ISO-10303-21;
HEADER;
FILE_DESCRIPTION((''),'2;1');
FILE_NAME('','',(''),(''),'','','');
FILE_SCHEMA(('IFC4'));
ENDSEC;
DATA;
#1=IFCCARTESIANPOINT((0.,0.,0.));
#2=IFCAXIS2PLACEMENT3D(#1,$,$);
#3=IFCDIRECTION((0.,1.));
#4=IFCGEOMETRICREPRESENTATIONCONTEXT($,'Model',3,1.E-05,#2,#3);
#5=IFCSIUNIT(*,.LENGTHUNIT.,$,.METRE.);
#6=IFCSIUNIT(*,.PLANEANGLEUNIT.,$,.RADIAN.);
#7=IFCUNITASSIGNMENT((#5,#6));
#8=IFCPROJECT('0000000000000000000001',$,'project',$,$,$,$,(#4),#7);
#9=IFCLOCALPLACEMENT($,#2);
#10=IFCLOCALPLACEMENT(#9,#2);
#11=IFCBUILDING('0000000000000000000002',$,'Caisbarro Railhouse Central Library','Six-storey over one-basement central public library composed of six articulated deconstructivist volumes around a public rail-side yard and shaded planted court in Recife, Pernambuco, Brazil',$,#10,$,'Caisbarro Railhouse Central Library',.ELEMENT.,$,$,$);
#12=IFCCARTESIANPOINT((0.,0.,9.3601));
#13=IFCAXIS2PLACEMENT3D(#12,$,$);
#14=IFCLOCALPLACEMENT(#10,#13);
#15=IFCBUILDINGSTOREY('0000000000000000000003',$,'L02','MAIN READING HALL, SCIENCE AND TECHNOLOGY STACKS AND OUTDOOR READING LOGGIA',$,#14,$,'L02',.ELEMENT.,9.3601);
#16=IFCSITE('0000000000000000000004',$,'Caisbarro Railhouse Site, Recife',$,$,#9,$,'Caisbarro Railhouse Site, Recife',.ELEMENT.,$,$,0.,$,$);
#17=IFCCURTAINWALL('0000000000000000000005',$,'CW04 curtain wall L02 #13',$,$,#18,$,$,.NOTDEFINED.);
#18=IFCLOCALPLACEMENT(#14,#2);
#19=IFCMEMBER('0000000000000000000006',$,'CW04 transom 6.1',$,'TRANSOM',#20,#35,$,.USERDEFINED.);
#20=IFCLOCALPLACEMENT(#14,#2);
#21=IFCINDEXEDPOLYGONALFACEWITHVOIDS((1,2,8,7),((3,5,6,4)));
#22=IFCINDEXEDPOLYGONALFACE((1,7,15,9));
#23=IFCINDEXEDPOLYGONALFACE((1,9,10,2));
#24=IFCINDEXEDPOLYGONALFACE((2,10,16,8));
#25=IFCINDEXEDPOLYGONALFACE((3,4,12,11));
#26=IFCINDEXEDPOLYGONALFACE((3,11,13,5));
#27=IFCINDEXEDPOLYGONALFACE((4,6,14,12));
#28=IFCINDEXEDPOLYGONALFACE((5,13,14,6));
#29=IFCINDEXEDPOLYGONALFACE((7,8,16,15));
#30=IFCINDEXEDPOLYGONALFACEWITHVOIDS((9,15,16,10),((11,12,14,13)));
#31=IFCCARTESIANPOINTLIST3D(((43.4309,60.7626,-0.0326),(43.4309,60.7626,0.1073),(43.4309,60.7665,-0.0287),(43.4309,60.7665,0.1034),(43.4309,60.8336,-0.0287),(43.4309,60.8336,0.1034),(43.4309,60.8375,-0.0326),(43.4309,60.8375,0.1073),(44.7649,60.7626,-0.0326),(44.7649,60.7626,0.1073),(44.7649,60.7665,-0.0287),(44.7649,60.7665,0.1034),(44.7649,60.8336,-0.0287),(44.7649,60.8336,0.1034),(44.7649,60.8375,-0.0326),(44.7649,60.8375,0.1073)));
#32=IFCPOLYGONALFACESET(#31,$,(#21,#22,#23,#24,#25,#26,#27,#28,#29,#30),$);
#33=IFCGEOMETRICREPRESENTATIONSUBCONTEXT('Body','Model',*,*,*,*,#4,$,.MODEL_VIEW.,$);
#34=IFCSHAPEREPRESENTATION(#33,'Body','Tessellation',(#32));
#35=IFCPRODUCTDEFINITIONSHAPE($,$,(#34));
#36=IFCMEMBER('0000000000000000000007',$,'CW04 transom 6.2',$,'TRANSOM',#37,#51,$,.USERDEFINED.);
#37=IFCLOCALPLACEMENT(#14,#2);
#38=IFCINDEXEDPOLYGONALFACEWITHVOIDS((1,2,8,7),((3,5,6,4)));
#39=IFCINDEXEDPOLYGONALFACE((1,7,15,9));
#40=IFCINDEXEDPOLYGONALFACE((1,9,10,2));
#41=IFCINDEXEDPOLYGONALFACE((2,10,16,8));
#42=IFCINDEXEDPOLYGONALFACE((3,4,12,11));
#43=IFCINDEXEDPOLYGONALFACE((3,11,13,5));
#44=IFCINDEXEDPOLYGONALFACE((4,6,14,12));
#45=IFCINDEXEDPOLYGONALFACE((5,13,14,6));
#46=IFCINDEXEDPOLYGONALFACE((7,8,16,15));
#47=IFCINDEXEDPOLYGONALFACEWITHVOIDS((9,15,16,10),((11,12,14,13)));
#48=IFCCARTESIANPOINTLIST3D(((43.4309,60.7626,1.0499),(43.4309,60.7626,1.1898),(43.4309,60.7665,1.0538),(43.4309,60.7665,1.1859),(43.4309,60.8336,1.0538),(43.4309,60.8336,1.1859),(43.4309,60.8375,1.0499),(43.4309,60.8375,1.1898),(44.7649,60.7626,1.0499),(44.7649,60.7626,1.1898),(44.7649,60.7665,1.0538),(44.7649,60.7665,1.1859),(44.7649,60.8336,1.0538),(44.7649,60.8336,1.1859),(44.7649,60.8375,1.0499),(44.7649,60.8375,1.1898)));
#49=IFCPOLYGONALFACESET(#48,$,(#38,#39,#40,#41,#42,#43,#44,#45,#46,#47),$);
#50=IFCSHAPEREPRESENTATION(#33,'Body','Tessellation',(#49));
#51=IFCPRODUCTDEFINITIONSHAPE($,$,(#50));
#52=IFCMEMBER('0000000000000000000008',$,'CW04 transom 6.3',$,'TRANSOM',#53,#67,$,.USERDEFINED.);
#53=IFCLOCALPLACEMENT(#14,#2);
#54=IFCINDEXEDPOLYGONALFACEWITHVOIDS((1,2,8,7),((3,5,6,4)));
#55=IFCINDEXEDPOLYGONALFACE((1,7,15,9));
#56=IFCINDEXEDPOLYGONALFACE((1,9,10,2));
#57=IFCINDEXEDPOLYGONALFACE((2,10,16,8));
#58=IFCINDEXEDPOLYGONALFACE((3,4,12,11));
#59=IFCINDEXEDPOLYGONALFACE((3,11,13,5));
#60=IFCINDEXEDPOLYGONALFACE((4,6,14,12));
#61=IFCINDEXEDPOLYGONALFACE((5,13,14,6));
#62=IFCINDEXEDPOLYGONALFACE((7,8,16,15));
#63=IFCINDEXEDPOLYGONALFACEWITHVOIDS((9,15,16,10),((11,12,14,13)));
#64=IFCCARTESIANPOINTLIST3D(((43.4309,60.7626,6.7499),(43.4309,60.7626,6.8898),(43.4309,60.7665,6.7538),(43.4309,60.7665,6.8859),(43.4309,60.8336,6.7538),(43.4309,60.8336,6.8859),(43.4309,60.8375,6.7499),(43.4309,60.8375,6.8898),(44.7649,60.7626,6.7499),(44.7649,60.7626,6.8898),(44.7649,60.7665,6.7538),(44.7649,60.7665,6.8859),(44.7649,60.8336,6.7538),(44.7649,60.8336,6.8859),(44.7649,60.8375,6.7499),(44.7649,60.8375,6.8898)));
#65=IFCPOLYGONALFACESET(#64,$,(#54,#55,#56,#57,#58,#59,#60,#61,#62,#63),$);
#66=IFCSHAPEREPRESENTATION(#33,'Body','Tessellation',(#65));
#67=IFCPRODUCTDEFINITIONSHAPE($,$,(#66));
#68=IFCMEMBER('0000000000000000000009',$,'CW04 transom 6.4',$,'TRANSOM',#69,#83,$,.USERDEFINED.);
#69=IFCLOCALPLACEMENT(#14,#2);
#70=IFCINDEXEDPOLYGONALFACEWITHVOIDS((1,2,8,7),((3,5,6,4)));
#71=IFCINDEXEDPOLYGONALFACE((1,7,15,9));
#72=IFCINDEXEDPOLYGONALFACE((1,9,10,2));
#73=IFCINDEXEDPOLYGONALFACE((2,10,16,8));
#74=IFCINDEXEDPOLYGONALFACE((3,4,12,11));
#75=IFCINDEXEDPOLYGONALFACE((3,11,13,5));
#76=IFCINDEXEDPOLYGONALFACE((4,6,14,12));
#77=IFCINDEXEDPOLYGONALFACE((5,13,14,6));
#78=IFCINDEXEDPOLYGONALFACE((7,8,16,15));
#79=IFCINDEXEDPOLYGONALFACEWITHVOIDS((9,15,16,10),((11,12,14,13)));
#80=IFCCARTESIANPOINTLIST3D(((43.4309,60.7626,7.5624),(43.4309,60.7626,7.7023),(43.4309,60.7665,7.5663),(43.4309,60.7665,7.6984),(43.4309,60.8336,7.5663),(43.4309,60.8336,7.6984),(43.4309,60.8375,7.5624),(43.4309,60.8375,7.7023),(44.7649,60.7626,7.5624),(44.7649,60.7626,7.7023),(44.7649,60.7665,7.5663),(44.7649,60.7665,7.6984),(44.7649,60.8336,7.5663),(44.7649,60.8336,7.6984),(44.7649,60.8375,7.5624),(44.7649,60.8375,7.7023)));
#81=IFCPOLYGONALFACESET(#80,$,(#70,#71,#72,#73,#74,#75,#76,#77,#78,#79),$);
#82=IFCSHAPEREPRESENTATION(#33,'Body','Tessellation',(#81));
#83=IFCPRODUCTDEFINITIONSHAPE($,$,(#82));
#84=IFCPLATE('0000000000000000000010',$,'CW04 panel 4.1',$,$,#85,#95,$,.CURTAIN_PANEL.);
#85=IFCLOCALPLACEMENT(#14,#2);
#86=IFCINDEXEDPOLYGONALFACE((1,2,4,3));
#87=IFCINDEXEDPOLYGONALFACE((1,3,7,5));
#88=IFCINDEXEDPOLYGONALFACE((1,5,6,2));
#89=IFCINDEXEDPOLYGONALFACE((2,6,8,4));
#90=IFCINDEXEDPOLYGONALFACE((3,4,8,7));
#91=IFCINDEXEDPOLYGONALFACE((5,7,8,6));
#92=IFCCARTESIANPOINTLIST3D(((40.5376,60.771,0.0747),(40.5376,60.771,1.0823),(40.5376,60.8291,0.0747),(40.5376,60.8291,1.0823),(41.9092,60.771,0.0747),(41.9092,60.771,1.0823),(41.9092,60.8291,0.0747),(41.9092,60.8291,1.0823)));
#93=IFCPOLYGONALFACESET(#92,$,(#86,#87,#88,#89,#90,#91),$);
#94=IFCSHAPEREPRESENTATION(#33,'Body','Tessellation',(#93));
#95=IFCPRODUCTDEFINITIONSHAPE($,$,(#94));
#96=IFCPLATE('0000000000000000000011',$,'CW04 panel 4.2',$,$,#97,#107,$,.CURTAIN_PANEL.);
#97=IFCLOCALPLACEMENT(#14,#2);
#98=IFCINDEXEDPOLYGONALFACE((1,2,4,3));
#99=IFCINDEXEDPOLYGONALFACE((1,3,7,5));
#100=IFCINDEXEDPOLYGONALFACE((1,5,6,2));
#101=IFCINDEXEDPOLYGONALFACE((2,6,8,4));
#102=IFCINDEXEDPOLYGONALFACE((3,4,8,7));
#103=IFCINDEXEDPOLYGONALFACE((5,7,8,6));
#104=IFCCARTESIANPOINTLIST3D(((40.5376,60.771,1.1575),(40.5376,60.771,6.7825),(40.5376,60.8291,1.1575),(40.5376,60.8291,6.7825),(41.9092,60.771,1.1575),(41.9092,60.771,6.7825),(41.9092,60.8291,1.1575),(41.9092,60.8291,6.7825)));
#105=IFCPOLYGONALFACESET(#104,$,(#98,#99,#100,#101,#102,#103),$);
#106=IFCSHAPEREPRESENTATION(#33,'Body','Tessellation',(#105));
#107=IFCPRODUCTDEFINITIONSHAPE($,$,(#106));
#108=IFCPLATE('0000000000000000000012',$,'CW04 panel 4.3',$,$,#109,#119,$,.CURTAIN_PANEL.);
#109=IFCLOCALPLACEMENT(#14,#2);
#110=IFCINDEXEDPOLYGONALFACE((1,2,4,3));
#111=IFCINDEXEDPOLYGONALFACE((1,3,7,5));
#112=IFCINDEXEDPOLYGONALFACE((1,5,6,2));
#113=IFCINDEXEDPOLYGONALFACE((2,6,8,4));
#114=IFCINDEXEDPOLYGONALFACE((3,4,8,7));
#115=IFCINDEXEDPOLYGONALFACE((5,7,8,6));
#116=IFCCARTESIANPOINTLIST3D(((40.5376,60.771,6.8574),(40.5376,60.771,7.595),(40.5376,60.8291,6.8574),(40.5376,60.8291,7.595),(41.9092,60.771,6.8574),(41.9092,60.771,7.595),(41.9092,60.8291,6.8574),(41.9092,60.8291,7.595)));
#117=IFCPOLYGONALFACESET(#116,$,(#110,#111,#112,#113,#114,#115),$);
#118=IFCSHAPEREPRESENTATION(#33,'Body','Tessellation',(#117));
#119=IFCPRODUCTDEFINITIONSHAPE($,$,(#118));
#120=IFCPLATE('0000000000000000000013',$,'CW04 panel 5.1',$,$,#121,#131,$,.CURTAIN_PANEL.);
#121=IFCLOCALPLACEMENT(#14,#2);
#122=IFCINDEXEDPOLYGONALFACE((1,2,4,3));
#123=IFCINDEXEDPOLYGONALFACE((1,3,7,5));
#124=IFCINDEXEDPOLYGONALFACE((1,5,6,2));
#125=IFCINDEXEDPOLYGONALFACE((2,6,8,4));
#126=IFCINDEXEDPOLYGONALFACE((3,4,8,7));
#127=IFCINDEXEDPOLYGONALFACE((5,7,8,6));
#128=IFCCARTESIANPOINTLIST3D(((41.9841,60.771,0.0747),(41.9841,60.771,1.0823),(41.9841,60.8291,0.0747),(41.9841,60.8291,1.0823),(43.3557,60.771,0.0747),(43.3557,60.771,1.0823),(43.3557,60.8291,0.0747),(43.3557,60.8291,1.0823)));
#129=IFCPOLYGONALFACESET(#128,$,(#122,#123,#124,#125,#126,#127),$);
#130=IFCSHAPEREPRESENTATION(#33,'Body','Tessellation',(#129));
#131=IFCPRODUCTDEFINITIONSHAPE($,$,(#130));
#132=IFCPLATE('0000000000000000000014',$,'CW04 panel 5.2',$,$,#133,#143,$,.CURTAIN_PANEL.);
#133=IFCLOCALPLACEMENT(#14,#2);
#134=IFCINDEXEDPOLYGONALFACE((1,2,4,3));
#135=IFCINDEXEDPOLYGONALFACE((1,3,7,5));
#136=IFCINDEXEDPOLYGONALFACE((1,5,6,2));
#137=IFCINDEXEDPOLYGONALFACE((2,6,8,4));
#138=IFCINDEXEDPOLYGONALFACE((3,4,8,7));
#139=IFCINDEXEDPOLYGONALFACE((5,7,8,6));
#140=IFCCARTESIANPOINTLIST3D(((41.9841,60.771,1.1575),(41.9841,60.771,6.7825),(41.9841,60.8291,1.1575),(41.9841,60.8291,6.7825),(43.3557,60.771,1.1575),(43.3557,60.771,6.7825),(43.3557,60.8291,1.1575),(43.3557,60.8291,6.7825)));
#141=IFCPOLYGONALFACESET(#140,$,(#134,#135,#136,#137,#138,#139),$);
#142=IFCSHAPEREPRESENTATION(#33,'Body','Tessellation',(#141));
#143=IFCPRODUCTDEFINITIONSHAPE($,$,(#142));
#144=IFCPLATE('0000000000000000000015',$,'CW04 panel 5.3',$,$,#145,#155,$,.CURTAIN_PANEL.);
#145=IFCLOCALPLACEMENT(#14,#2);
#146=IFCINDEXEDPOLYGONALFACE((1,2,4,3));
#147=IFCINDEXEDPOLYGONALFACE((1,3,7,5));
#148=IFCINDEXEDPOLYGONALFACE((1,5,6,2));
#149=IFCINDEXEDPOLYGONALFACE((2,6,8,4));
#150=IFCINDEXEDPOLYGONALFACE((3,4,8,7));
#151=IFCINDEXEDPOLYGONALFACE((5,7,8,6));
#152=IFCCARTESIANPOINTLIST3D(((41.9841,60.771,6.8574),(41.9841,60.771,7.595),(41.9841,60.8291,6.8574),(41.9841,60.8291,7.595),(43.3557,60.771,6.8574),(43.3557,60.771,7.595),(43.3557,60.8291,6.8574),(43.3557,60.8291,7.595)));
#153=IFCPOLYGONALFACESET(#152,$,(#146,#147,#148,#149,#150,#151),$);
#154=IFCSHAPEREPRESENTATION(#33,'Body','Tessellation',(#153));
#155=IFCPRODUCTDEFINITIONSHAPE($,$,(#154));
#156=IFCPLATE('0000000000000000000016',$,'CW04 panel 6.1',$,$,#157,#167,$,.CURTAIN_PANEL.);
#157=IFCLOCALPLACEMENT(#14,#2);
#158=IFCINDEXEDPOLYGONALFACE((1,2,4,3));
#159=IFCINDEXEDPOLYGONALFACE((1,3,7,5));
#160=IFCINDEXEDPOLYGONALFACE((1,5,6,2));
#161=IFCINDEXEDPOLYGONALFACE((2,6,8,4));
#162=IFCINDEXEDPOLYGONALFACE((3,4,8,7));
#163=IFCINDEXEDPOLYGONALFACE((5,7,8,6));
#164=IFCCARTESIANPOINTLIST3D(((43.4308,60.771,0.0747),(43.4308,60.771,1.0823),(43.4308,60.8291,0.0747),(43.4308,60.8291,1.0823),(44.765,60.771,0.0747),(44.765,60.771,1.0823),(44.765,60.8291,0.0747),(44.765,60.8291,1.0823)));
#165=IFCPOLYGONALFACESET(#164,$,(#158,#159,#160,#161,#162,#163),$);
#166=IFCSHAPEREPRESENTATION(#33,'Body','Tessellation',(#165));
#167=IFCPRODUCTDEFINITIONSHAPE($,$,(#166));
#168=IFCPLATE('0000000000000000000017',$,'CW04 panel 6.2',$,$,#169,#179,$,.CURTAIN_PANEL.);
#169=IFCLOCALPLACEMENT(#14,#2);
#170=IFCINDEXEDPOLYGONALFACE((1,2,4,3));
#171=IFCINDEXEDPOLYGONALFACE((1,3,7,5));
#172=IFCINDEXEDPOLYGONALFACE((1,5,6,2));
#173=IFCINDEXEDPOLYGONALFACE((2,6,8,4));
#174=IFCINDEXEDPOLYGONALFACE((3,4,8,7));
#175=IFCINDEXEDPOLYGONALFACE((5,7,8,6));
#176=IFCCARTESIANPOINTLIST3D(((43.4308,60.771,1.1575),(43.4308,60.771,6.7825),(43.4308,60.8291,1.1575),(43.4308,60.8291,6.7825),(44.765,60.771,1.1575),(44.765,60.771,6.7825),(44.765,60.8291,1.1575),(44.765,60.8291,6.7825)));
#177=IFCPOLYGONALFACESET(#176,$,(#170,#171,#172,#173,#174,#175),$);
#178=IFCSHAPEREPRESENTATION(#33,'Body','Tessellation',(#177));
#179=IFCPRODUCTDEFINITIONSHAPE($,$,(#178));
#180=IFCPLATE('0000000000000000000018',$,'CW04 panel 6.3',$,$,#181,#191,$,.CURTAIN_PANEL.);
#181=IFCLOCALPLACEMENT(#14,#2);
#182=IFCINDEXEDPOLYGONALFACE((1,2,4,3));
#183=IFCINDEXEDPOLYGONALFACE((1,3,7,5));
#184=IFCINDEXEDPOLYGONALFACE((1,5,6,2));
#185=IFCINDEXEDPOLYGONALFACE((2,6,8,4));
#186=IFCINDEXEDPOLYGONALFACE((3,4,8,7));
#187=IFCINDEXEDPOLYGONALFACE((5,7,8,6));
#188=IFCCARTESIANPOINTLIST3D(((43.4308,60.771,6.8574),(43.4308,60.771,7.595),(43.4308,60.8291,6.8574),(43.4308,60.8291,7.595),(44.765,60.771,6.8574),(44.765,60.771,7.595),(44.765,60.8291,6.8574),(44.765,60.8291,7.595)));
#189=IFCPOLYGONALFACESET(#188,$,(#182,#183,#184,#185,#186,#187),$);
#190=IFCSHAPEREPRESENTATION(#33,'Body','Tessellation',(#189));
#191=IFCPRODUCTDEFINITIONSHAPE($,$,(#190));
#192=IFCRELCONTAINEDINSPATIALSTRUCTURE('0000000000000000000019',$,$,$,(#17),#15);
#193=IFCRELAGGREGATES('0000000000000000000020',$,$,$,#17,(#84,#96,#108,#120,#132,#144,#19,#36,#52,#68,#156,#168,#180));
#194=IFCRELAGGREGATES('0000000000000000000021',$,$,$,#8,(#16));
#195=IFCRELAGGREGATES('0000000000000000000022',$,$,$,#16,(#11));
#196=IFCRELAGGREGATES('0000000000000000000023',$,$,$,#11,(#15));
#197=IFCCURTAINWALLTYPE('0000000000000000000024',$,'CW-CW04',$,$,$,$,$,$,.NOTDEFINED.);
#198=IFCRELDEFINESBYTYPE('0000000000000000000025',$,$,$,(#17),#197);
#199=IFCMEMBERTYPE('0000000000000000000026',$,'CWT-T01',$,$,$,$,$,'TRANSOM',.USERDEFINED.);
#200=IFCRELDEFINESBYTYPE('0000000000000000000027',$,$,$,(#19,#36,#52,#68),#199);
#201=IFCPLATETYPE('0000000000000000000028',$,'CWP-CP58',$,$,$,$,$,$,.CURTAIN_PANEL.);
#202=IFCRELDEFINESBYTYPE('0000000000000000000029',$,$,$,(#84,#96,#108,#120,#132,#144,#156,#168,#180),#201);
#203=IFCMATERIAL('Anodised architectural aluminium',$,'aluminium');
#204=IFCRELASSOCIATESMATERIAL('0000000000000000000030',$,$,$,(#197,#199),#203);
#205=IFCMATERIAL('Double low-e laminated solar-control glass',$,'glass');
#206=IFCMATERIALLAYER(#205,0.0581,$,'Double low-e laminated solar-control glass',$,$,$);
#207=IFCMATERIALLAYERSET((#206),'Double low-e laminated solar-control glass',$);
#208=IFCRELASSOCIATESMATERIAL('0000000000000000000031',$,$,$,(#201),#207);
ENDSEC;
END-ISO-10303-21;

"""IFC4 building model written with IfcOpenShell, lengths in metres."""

from ifc_helpers import new_model, si_unit, direction, frame, origin, origin_2d, place, context, subcontext, project, spatial, rectangle, hollow_rectangle, extrude, material, layer, layer_set, material_profile, profile_set, type_object, element, aggregate, save


model = new_model("IFC4")

# Units and contexts
model_context = context("Model", 3, precision=1e-05, world=origin(), true_north=direction((0.0, 1.0)))
body_context = subcontext(model_context, "Body", "Model", "MODEL_VIEW")
ifc_project = project(units=[si_unit("LENGTHUNIT", "METRE"), si_unit("PLANEANGLEUNIT", "RADIAN")], contexts=[model_context])

# Site, building, storey
site_placement = place(None, origin())
site = spatial("IfcSite", under=ifc_project, at=site_placement, Name="Caisbarro Railhouse Site, Recife", LongName="Caisbarro Railhouse Site, Recife", CompositionType="ELEMENT", RefElevation=0.0)
building_placement = place(site_placement, origin())
building = spatial("IfcBuilding", under=site, at=building_placement, Name="Caisbarro Railhouse Central Library", Description="Six-storey over one-basement central public library composed of six articulated deconstructivist volumes around a public rail-side yard and shaded planted court in Recife, Pernambuco, Brazil", LongName="Caisbarro Railhouse Central Library", CompositionType="ELEMENT")
storey_placement = place(building_placement, frame((0.0, 0.0, 9.3601)))
storey = spatial("IfcBuildingStorey", under=building, at=storey_placement, Name="L02", Description="MAIN READING HALL, SCIENCE AND TECHNOLOGY STACKS AND OUTDOOR READING LOGGIA", LongName="L02", CompositionType="ELEMENT", Elevation=9.3601)

# Curtain wall
ifc_material_1 = material(Name="Anodised architectural aluminium", Category="aluminium")
curtain_wall_type = type_object("IfcCurtainWallType", Name="CW-CW04", PredefinedType="NOTDEFINED", material=ifc_material_1)
curtain_wall_1_placement = place(storey_placement, origin())
curtain_wall_1 = element("IfcCurtainWall", 1, at=curtain_wall_1_placement, inside=storey, type_object=curtain_wall_type, Name="CW04 curtain wall L02 #13", PredefinedType="NOTDEFINED")

# Members
ifc_material_profile_1 = material_profile(ifc_material_1, hollow_rectangle(XDim=0.075, YDim=0.1399, WallThickness=0.0039, at=origin_2d()), Name="ALU-TRN-75X140")
ifc_profile_set_1 = profile_set([ifc_material_profile_1], Name="Anodised architectural aluminium")
member_type_1 = type_object("IfcMemberType", Name="CWT-T01", ElementType="TRANSOM", PredefinedType="USERDEFINED", material=ifc_profile_set_1)
member_1_placement = place(storey_placement, frame((43.4309, 60.8, 0.0374), z_axis=(1.0, 0.0, 0.0), x_axis=(0.0, 1.0, 0.0)))
member_1 = element("IfcMember", 2, at=member_1_placement, type_object=member_type_1, Name="CW04 transom 6.1", ObjectType="TRANSOM", PredefinedType="USERDEFINED", context=body_context, shape_type="SweptSolid", body=[
    extrude(hollow_rectangle(XDim=0.075, YDim=0.1399, WallThickness=0.0039, at=origin_2d()), origin(), (0.0, 0.0, 1.0), 1.334),
])
member_2_placement = place(storey_placement, frame((43.4309, 60.8, 1.1199), z_axis=(1.0, 0.0, 0.0), x_axis=(0.0, 1.0, 0.0)))
member_2 = element("IfcMember", 3, at=member_2_placement, type_object=member_type_1, Name="CW04 transom 6.2", ObjectType="TRANSOM", PredefinedType="USERDEFINED", context=body_context, shape_type="SweptSolid", body=[
    extrude(hollow_rectangle(XDim=0.075, YDim=0.1399, WallThickness=0.0039, at=origin_2d()), origin(), (0.0, 0.0, 1.0), 1.334),
])
member_3_placement = place(storey_placement, frame((43.4309, 60.8, 6.8198), z_axis=(1.0, 0.0, 0.0), x_axis=(0.0, 1.0, 0.0)))
member_3 = element("IfcMember", 4, at=member_3_placement, type_object=member_type_1, Name="CW04 transom 6.3", ObjectType="TRANSOM", PredefinedType="USERDEFINED", context=body_context, shape_type="SweptSolid", body=[
    extrude(hollow_rectangle(XDim=0.075, YDim=0.1399, WallThickness=0.0039, at=origin_2d()), origin(), (0.0, 0.0, 1.0), 1.334),
])
member_4_placement = place(storey_placement, frame((43.4309, 60.8, 7.6323), z_axis=(1.0, 0.0, 0.0), x_axis=(0.0, 1.0, 0.0)))
member_4 = element("IfcMember", 5, at=member_4_placement, type_object=member_type_1, Name="CW04 transom 6.4", ObjectType="TRANSOM", PredefinedType="USERDEFINED", context=body_context, shape_type="SweptSolid", body=[
    extrude(hollow_rectangle(XDim=0.075, YDim=0.1399, WallThickness=0.0039, at=origin_2d()), origin(), (0.0, 0.0, 1.0), 1.334),
])

# Plates
ifc_material_2 = material(Name="Double low-e laminated solar-control glass", Category="glass")
ifc_layer_1 = layer(ifc_material_2, 0.0581, Name="Double low-e laminated solar-control glass")
ifc_layer_set_1 = layer_set([ifc_layer_1], Name="Double low-e laminated solar-control glass")
plate_type_1 = type_object("IfcPlateType", Name="CWP-CP58", PredefinedType="CURTAIN_PANEL", material=ifc_layer_set_1)
plate_1_placement = place(storey_placement, frame((41.2234, 60.8, 0.0747), z_axis=(0.0, 0.0, 1.0), x_axis=(1.0, 0.0, 0.0)))
plate_1 = element("IfcPlate", 6, at=plate_1_placement, type_object=plate_type_1, Name="CW04 panel 4.1", PredefinedType="CURTAIN_PANEL", context=body_context, shape_type="SweptSolid", body=[
    extrude(rectangle(XDim=1.3716, YDim=0.0581, at=origin_2d()), origin(), (0.0, 0.0, 1.0), 1.0076),
])
plate_2_placement = place(storey_placement, frame((41.2234, 60.8, 1.1575), z_axis=(0.0, 0.0, 1.0), x_axis=(1.0, 0.0, 0.0)))
plate_2 = element("IfcPlate", 7, at=plate_2_placement, type_object=plate_type_1, Name="CW04 panel 4.2", PredefinedType="CURTAIN_PANEL", context=body_context, shape_type="SweptSolid", body=[
    extrude(rectangle(XDim=1.3716, YDim=0.0581, at=origin_2d()), origin(), (0.0, 0.0, 1.0), 5.625),
])
plate_3_placement = place(storey_placement, frame((41.2234, 60.8, 6.8574), z_axis=(0.0, 0.0, 1.0), x_axis=(1.0, 0.0, 0.0)))
plate_3 = element("IfcPlate", 8, at=plate_3_placement, type_object=plate_type_1, Name="CW04 panel 4.3", PredefinedType="CURTAIN_PANEL", context=body_context, shape_type="SweptSolid", body=[
    extrude(rectangle(XDim=1.3716, YDim=0.0581, at=origin_2d()), origin(), (0.0, 0.0, 1.0), 0.7375),
])
plate_4_placement = place(storey_placement, frame((42.6699, 60.8, 0.0747), z_axis=(0.0, 0.0, 1.0), x_axis=(1.0, 0.0, 0.0)))
plate_4 = element("IfcPlate", 9, at=plate_4_placement, type_object=plate_type_1, Name="CW04 panel 5.1", PredefinedType="CURTAIN_PANEL", context=body_context, shape_type="SweptSolid", body=[
    extrude(rectangle(XDim=1.3716, YDim=0.0581, at=origin_2d()), origin(), (0.0, 0.0, 1.0), 1.0076),
])
plate_5_placement = place(storey_placement, frame((42.6699, 60.8, 1.1575), z_axis=(0.0, 0.0, 1.0), x_axis=(1.0, 0.0, 0.0)))
plate_5 = element("IfcPlate", 10, at=plate_5_placement, type_object=plate_type_1, Name="CW04 panel 5.2", PredefinedType="CURTAIN_PANEL", context=body_context, shape_type="SweptSolid", body=[
    extrude(rectangle(XDim=1.3716, YDim=0.0581, at=origin_2d()), origin(), (0.0, 0.0, 1.0), 5.625),
])
plate_6_placement = place(storey_placement, frame((42.6699, 60.8, 6.8574), z_axis=(0.0, 0.0, 1.0), x_axis=(1.0, 0.0, 0.0)))
plate_6 = element("IfcPlate", 11, at=plate_6_placement, type_object=plate_type_1, Name="CW04 panel 5.3", PredefinedType="CURTAIN_PANEL", context=body_context, shape_type="SweptSolid", body=[
    extrude(rectangle(XDim=1.3716, YDim=0.0581, at=origin_2d()), origin(), (0.0, 0.0, 1.0), 0.7375),
])
plate_7_placement = place(storey_placement, frame((44.0979, 60.8, 0.0747), z_axis=(0.0, 0.0, 1.0), x_axis=(1.0, 0.0, 0.0)))
plate_7 = element("IfcPlate", 12, at=plate_7_placement, type_object=plate_type_1, Name="CW04 panel 6.1", PredefinedType="CURTAIN_PANEL", context=body_context, shape_type="SweptSolid", body=[
    extrude(rectangle(XDim=1.3342, YDim=0.0581, at=origin_2d()), origin(), (0.0, 0.0, 1.0), 1.0076),
])
plate_8_placement = place(storey_placement, frame((44.0979, 60.8, 1.1575), z_axis=(0.0, 0.0, 1.0), x_axis=(1.0, 0.0, 0.0)))
plate_8 = element("IfcPlate", 13, at=plate_8_placement, type_object=plate_type_1, Name="CW04 panel 6.2", PredefinedType="CURTAIN_PANEL", context=body_context, shape_type="SweptSolid", body=[
    extrude(rectangle(XDim=1.3342, YDim=0.0581, at=origin_2d()), origin(), (0.0, 0.0, 1.0), 5.625),
])
plate_9_placement = place(storey_placement, frame((44.0979, 60.8, 6.8574), z_axis=(0.0, 0.0, 1.0), x_axis=(1.0, 0.0, 0.0)))
plate_9 = element("IfcPlate", 14, at=plate_9_placement, type_object=plate_type_1, Name="CW04 panel 6.3", PredefinedType="CURTAIN_PANEL", context=body_context, shape_type="SweptSolid", body=[
    extrude(rectangle(XDim=1.3342, YDim=0.0581, at=origin_2d()), origin(), (0.0, 0.0, 1.0), 0.7375),
])
aggregate(curtain_wall_1, [plate_1, plate_2, plate_3, plate_4, plate_5, plate_6, member_1, member_2, member_3, member_4, plate_7, plate_8, plate_9])

save(model, "model.ifc")
